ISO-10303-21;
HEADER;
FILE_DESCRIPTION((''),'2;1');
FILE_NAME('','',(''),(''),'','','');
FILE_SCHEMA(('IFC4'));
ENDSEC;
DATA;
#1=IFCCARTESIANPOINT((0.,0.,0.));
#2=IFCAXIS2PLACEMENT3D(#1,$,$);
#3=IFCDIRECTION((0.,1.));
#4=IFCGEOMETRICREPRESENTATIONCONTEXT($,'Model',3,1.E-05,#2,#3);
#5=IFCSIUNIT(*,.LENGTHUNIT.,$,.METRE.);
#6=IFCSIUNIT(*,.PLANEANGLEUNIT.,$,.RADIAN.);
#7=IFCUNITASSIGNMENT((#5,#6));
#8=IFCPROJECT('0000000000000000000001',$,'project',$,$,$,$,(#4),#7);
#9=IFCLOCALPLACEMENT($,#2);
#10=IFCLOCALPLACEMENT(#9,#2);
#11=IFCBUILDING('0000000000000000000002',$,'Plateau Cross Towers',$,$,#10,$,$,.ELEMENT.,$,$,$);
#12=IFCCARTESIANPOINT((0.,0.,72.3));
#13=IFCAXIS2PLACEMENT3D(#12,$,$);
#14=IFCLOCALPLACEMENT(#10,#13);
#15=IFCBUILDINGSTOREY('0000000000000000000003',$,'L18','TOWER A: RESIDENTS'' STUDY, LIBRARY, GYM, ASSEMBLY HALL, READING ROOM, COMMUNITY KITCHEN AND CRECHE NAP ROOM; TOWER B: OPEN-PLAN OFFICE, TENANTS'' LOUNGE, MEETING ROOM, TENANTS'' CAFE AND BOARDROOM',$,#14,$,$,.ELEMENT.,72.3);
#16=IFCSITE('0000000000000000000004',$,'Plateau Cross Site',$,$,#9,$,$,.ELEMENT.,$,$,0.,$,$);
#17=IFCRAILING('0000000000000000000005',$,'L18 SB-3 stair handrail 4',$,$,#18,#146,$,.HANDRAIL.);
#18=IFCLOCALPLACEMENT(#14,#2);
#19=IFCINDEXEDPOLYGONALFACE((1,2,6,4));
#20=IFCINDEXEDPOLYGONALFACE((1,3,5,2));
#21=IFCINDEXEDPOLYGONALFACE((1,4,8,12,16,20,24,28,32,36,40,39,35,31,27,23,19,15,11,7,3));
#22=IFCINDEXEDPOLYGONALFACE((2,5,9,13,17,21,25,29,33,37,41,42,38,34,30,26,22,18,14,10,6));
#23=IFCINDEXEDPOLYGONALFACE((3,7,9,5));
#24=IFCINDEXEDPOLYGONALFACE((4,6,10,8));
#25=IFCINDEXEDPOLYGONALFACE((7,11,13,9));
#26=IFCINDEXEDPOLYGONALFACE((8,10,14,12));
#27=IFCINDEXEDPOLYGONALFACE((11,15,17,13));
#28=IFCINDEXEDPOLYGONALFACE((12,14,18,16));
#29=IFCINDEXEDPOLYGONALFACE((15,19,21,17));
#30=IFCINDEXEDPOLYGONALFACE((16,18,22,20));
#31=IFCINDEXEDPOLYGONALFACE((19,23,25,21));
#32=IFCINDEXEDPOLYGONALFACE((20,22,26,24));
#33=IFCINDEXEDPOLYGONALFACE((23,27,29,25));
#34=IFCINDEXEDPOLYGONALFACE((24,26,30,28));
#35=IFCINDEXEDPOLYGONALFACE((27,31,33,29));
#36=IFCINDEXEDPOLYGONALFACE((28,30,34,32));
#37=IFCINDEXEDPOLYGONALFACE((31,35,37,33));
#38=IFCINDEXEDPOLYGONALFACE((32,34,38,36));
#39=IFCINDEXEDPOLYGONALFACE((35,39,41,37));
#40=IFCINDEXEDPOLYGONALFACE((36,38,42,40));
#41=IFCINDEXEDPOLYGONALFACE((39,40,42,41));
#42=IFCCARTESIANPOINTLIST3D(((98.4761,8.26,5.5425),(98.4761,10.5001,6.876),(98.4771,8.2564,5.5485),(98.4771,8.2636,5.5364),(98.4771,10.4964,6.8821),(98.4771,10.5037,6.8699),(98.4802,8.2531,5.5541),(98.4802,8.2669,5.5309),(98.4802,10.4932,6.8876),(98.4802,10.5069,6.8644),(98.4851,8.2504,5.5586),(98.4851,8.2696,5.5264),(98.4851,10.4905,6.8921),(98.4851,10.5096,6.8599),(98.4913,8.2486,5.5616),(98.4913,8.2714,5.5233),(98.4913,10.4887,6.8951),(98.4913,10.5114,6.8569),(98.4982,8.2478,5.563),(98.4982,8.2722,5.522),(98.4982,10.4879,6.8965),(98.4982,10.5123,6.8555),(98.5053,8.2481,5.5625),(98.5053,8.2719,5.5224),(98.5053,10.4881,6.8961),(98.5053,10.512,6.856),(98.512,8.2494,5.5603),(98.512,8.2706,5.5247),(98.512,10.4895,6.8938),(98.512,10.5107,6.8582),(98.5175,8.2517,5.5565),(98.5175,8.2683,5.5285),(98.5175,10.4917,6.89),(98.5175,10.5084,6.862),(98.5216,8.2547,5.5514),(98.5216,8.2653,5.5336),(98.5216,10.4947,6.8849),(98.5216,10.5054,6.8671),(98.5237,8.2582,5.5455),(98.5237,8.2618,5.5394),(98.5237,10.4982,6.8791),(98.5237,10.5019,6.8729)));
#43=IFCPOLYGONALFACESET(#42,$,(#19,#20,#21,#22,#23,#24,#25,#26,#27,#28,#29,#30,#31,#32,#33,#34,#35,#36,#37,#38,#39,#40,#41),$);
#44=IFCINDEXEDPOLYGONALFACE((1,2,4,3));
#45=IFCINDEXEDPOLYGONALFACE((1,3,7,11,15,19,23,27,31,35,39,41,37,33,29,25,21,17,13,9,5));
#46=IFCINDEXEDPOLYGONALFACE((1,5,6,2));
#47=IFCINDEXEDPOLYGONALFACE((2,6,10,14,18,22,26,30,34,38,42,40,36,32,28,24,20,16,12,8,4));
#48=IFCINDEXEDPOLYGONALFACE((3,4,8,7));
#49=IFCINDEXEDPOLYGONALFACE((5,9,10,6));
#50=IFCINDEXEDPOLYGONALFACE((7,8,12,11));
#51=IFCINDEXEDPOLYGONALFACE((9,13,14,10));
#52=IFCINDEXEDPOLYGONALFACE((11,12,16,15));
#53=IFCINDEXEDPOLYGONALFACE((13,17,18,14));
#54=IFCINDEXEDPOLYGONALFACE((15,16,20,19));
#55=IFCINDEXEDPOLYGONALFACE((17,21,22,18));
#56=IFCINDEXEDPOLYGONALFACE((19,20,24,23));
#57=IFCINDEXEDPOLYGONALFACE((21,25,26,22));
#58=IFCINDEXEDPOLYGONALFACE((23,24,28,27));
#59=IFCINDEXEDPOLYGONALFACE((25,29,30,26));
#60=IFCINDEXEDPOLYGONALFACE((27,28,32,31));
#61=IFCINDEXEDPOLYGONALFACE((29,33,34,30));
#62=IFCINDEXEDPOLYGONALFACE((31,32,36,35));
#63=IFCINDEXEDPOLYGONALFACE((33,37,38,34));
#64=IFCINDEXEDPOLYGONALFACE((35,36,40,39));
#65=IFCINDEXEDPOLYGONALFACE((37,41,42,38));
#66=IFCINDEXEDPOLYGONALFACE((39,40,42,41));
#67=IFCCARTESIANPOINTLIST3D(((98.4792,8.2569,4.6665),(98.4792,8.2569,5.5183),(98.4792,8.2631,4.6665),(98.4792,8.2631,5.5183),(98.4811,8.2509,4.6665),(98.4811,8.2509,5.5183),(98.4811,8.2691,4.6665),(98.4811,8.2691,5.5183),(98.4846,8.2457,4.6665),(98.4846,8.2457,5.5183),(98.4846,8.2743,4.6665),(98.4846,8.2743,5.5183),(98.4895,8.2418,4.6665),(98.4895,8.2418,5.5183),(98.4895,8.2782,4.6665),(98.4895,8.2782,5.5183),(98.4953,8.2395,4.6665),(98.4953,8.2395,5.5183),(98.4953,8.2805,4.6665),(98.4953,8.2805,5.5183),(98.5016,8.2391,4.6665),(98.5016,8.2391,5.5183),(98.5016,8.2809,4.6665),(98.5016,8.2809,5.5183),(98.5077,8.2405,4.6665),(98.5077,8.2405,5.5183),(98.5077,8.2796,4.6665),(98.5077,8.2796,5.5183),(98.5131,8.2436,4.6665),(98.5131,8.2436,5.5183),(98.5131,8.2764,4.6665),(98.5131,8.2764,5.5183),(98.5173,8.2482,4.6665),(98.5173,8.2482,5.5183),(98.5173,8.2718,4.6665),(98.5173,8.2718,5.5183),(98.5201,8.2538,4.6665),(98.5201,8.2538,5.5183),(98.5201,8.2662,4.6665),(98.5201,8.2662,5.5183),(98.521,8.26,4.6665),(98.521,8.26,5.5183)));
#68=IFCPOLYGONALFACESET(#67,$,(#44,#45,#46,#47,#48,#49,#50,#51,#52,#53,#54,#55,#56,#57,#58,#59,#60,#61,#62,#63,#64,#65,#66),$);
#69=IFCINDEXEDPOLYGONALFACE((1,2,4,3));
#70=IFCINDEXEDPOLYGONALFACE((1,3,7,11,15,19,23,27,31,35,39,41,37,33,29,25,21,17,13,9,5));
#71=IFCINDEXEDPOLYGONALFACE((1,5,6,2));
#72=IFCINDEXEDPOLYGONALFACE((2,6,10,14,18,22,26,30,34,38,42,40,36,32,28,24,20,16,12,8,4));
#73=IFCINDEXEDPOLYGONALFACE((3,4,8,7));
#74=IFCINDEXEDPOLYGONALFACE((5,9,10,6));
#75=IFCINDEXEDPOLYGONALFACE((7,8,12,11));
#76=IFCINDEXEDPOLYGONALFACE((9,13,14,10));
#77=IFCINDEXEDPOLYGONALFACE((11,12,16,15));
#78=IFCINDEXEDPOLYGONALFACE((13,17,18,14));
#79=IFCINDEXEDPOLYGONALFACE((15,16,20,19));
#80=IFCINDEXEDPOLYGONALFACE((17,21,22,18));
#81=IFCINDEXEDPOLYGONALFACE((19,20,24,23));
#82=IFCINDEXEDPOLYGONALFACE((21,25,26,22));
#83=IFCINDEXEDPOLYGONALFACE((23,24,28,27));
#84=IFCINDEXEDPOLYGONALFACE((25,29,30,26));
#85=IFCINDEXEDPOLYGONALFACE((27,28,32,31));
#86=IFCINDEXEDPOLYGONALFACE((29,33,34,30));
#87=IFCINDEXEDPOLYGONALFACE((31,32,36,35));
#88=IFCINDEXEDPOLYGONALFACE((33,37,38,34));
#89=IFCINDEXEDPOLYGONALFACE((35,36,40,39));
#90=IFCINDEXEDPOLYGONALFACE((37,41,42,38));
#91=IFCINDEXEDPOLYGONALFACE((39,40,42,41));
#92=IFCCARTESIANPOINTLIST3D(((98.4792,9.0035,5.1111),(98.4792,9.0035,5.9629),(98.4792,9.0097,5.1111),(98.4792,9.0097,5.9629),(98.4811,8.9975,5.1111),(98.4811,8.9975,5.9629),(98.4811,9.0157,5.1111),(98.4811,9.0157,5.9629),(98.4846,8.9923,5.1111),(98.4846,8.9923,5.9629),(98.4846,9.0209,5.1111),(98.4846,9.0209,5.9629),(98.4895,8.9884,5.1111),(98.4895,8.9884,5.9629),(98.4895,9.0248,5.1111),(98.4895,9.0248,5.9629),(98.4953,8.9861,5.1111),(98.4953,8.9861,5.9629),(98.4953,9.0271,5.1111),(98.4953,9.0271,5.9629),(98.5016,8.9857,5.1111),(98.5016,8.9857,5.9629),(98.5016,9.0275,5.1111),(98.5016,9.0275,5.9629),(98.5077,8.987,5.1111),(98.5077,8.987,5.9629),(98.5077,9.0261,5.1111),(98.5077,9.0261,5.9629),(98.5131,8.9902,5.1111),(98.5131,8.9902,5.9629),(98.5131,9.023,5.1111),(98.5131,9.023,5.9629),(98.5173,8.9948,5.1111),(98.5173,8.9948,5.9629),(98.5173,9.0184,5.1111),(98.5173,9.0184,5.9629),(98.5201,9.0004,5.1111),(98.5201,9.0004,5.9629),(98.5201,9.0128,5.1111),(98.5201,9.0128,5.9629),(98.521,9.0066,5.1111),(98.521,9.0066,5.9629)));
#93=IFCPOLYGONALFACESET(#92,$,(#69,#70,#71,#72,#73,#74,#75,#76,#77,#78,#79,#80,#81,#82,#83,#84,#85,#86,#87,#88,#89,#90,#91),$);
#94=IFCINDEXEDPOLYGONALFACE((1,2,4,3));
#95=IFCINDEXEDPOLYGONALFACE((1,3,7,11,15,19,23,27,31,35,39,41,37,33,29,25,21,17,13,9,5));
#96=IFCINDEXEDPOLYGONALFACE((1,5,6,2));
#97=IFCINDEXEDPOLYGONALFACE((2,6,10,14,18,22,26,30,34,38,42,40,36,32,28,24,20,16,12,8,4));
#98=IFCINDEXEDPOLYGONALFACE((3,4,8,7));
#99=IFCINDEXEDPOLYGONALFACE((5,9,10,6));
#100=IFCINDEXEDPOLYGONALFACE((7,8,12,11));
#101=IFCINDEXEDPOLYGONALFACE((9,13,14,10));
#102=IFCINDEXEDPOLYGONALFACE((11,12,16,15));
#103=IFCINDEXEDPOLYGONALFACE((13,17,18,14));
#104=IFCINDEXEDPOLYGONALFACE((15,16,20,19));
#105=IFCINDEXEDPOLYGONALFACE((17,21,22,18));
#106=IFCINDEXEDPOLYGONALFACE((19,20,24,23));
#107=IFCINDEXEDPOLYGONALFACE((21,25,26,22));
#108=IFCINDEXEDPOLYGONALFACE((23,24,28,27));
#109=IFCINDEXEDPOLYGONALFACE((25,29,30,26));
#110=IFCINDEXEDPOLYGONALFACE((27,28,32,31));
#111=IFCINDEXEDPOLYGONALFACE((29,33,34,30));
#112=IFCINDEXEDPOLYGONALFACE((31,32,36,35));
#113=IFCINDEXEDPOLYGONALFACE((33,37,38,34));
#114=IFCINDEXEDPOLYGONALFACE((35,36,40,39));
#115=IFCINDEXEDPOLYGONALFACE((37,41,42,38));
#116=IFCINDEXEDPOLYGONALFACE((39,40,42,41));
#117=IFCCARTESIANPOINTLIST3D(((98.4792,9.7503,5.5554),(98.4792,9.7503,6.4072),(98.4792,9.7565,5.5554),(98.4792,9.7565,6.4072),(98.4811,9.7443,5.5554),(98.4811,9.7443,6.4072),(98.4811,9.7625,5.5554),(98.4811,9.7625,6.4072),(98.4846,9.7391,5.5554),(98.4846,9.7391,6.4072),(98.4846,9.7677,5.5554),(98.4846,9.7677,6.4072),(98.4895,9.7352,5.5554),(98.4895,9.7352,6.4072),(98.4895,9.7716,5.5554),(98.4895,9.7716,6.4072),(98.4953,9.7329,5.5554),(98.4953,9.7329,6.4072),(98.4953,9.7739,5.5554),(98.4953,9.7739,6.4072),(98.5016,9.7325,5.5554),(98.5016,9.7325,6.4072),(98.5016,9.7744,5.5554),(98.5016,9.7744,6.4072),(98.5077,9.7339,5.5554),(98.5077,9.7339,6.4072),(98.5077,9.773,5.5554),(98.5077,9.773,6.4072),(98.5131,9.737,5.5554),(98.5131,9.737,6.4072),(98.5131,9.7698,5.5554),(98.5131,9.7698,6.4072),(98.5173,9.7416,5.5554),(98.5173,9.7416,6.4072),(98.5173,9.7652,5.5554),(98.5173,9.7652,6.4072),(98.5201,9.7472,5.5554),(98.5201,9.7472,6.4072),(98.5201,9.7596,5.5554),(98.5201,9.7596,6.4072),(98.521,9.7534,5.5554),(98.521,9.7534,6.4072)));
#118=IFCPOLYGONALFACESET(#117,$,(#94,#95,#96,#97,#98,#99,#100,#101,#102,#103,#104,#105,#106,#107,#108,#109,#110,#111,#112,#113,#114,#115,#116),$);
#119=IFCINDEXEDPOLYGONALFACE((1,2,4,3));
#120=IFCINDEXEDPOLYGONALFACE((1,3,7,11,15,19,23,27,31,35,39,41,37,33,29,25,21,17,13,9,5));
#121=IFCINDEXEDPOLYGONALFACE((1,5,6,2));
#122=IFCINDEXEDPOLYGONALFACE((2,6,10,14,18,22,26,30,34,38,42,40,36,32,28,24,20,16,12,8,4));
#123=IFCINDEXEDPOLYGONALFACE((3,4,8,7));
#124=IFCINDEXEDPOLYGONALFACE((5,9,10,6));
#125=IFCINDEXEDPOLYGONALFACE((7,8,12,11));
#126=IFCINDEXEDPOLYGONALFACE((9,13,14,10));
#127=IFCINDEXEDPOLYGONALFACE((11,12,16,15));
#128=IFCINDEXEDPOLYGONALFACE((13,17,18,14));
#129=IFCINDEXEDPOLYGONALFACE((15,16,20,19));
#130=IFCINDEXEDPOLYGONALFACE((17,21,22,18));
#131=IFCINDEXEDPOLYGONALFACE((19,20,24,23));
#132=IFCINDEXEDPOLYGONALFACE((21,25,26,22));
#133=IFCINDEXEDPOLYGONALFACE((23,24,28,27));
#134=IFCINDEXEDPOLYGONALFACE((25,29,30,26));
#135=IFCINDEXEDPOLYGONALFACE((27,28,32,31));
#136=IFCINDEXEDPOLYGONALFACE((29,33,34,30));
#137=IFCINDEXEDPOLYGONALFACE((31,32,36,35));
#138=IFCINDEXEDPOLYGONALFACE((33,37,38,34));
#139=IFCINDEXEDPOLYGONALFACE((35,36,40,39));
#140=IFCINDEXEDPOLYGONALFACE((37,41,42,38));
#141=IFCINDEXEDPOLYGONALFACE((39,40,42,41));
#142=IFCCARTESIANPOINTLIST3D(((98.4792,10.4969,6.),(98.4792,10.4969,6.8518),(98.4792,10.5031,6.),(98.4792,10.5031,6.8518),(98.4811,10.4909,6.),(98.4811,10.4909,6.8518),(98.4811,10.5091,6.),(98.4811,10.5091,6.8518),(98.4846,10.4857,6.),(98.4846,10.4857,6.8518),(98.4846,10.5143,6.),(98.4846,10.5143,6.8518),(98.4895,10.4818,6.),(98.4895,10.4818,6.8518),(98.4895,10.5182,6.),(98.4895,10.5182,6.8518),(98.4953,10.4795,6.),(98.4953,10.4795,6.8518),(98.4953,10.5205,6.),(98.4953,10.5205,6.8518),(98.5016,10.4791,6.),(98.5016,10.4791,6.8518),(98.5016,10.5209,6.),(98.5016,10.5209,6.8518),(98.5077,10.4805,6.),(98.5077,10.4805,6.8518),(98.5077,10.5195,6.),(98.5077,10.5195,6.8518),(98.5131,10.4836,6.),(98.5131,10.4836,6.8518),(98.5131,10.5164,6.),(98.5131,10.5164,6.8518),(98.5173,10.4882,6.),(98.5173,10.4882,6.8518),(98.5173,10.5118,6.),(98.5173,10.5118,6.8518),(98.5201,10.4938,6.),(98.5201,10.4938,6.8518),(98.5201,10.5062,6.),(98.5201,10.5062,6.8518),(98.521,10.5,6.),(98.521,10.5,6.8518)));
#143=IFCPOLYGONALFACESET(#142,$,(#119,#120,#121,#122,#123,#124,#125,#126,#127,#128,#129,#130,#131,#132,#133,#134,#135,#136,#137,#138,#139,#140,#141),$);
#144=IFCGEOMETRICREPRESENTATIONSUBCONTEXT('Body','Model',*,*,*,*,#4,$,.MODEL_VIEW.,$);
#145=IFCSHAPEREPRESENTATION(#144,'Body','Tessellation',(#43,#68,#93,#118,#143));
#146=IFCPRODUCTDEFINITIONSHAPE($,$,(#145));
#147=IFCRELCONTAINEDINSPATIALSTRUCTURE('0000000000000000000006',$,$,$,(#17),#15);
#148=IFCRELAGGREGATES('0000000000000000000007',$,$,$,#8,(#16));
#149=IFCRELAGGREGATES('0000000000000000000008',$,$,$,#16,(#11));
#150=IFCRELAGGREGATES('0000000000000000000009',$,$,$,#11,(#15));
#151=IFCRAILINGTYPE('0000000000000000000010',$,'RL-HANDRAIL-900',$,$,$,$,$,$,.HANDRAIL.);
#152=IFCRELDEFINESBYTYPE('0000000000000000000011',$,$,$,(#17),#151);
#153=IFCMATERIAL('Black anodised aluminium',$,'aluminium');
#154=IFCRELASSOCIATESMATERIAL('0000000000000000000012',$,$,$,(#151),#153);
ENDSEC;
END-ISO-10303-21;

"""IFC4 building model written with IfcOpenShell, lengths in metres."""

from ifc_helpers import new_model, si_unit, direction, frame, origin, origin_2d, place, context, subcontext, project, spatial, circle, extrude, material, type_object, element, save


model = new_model("IFC4")

# Units and contexts
model_context = context("Model", 3, precision=1e-05, world=origin(), true_north=direction((0.0, 1.0)))
body_context = subcontext(model_context, "Body", "Model", "MODEL_VIEW")
ifc_project = project(units=[si_unit("LENGTHUNIT", "METRE"), si_unit("PLANEANGLEUNIT", "RADIAN")], contexts=[model_context])

# Site, building, storey
site_placement = place(None, origin())
site = spatial("IfcSite", under=ifc_project, at=site_placement, Name="Plateau Cross Site", CompositionType="ELEMENT", RefElevation=0.0)
building_placement = place(site_placement, origin())
building = spatial("IfcBuilding", under=site, at=building_placement, Name="Plateau Cross Towers", CompositionType="ELEMENT")
storey_placement = place(building_placement, frame((0.0, 0.0, 72.3)))
storey = spatial("IfcBuildingStorey", under=building, at=storey_placement, Name="L18", Description="TOWER A: RESIDENTS' STUDY, LIBRARY, GYM, ASSEMBLY HALL, READING ROOM, COMMUNITY KITCHEN AND CRECHE NAP ROOM; TOWER B: OPEN-PLAN OFFICE, TENANTS' LOUNGE, MEETING ROOM, TENANTS' CAFE AND BOARDROOM", CompositionType="ELEMENT", Elevation=72.3)

# Shared definitions
ifc_material_1 = material(Name="Black anodised aluminium", Category="aluminium")

# Railing
railing_type_1 = type_object("IfcRailingType", Name="RL-HANDRAIL-900", PredefinedType="HANDRAIL", material=ifc_material_1)
railing_1_placement = place(storey_placement, frame((98.5, 8.26, 4.6665)))
element("IfcRailing", 1, at=railing_1_placement, inside=storey, type_object=railing_type_1, Name="L18 SB-3 stair handrail 4", PredefinedType="HANDRAIL", context=body_context, shape_type="SweptSolid", body=[
    extrude(circle(Radius=0.0239, at=origin_2d()), frame((0.0, 0.0, 0.876), z_axis=(0.0, 0.859264, 0.511532), x_axis=(-1.0, 0.0, 0.0)), (0.0, 0.0, 1.0), 2.6069),
    extrude(circle(Radius=0.021, at=origin_2d()), origin(), (0.0, 0.0, 1.0), 0.8518),
    extrude(circle(Radius=0.021, at=origin_2d()), frame((0.0, 0.7466, 0.4446)), (0.0, 0.0, 1.0), 0.8518),
    extrude(circle(Radius=0.021, at=origin_2d()), frame((0.0, 1.4934, 0.8889)), (0.0, 0.0, 1.0), 0.8518),
    extrude(circle(Radius=0.021, at=origin_2d()), frame((0.0, 2.24, 1.3335)), (0.0, 0.0, 1.0), 0.8518),
])

save(model, "model.ifc")
